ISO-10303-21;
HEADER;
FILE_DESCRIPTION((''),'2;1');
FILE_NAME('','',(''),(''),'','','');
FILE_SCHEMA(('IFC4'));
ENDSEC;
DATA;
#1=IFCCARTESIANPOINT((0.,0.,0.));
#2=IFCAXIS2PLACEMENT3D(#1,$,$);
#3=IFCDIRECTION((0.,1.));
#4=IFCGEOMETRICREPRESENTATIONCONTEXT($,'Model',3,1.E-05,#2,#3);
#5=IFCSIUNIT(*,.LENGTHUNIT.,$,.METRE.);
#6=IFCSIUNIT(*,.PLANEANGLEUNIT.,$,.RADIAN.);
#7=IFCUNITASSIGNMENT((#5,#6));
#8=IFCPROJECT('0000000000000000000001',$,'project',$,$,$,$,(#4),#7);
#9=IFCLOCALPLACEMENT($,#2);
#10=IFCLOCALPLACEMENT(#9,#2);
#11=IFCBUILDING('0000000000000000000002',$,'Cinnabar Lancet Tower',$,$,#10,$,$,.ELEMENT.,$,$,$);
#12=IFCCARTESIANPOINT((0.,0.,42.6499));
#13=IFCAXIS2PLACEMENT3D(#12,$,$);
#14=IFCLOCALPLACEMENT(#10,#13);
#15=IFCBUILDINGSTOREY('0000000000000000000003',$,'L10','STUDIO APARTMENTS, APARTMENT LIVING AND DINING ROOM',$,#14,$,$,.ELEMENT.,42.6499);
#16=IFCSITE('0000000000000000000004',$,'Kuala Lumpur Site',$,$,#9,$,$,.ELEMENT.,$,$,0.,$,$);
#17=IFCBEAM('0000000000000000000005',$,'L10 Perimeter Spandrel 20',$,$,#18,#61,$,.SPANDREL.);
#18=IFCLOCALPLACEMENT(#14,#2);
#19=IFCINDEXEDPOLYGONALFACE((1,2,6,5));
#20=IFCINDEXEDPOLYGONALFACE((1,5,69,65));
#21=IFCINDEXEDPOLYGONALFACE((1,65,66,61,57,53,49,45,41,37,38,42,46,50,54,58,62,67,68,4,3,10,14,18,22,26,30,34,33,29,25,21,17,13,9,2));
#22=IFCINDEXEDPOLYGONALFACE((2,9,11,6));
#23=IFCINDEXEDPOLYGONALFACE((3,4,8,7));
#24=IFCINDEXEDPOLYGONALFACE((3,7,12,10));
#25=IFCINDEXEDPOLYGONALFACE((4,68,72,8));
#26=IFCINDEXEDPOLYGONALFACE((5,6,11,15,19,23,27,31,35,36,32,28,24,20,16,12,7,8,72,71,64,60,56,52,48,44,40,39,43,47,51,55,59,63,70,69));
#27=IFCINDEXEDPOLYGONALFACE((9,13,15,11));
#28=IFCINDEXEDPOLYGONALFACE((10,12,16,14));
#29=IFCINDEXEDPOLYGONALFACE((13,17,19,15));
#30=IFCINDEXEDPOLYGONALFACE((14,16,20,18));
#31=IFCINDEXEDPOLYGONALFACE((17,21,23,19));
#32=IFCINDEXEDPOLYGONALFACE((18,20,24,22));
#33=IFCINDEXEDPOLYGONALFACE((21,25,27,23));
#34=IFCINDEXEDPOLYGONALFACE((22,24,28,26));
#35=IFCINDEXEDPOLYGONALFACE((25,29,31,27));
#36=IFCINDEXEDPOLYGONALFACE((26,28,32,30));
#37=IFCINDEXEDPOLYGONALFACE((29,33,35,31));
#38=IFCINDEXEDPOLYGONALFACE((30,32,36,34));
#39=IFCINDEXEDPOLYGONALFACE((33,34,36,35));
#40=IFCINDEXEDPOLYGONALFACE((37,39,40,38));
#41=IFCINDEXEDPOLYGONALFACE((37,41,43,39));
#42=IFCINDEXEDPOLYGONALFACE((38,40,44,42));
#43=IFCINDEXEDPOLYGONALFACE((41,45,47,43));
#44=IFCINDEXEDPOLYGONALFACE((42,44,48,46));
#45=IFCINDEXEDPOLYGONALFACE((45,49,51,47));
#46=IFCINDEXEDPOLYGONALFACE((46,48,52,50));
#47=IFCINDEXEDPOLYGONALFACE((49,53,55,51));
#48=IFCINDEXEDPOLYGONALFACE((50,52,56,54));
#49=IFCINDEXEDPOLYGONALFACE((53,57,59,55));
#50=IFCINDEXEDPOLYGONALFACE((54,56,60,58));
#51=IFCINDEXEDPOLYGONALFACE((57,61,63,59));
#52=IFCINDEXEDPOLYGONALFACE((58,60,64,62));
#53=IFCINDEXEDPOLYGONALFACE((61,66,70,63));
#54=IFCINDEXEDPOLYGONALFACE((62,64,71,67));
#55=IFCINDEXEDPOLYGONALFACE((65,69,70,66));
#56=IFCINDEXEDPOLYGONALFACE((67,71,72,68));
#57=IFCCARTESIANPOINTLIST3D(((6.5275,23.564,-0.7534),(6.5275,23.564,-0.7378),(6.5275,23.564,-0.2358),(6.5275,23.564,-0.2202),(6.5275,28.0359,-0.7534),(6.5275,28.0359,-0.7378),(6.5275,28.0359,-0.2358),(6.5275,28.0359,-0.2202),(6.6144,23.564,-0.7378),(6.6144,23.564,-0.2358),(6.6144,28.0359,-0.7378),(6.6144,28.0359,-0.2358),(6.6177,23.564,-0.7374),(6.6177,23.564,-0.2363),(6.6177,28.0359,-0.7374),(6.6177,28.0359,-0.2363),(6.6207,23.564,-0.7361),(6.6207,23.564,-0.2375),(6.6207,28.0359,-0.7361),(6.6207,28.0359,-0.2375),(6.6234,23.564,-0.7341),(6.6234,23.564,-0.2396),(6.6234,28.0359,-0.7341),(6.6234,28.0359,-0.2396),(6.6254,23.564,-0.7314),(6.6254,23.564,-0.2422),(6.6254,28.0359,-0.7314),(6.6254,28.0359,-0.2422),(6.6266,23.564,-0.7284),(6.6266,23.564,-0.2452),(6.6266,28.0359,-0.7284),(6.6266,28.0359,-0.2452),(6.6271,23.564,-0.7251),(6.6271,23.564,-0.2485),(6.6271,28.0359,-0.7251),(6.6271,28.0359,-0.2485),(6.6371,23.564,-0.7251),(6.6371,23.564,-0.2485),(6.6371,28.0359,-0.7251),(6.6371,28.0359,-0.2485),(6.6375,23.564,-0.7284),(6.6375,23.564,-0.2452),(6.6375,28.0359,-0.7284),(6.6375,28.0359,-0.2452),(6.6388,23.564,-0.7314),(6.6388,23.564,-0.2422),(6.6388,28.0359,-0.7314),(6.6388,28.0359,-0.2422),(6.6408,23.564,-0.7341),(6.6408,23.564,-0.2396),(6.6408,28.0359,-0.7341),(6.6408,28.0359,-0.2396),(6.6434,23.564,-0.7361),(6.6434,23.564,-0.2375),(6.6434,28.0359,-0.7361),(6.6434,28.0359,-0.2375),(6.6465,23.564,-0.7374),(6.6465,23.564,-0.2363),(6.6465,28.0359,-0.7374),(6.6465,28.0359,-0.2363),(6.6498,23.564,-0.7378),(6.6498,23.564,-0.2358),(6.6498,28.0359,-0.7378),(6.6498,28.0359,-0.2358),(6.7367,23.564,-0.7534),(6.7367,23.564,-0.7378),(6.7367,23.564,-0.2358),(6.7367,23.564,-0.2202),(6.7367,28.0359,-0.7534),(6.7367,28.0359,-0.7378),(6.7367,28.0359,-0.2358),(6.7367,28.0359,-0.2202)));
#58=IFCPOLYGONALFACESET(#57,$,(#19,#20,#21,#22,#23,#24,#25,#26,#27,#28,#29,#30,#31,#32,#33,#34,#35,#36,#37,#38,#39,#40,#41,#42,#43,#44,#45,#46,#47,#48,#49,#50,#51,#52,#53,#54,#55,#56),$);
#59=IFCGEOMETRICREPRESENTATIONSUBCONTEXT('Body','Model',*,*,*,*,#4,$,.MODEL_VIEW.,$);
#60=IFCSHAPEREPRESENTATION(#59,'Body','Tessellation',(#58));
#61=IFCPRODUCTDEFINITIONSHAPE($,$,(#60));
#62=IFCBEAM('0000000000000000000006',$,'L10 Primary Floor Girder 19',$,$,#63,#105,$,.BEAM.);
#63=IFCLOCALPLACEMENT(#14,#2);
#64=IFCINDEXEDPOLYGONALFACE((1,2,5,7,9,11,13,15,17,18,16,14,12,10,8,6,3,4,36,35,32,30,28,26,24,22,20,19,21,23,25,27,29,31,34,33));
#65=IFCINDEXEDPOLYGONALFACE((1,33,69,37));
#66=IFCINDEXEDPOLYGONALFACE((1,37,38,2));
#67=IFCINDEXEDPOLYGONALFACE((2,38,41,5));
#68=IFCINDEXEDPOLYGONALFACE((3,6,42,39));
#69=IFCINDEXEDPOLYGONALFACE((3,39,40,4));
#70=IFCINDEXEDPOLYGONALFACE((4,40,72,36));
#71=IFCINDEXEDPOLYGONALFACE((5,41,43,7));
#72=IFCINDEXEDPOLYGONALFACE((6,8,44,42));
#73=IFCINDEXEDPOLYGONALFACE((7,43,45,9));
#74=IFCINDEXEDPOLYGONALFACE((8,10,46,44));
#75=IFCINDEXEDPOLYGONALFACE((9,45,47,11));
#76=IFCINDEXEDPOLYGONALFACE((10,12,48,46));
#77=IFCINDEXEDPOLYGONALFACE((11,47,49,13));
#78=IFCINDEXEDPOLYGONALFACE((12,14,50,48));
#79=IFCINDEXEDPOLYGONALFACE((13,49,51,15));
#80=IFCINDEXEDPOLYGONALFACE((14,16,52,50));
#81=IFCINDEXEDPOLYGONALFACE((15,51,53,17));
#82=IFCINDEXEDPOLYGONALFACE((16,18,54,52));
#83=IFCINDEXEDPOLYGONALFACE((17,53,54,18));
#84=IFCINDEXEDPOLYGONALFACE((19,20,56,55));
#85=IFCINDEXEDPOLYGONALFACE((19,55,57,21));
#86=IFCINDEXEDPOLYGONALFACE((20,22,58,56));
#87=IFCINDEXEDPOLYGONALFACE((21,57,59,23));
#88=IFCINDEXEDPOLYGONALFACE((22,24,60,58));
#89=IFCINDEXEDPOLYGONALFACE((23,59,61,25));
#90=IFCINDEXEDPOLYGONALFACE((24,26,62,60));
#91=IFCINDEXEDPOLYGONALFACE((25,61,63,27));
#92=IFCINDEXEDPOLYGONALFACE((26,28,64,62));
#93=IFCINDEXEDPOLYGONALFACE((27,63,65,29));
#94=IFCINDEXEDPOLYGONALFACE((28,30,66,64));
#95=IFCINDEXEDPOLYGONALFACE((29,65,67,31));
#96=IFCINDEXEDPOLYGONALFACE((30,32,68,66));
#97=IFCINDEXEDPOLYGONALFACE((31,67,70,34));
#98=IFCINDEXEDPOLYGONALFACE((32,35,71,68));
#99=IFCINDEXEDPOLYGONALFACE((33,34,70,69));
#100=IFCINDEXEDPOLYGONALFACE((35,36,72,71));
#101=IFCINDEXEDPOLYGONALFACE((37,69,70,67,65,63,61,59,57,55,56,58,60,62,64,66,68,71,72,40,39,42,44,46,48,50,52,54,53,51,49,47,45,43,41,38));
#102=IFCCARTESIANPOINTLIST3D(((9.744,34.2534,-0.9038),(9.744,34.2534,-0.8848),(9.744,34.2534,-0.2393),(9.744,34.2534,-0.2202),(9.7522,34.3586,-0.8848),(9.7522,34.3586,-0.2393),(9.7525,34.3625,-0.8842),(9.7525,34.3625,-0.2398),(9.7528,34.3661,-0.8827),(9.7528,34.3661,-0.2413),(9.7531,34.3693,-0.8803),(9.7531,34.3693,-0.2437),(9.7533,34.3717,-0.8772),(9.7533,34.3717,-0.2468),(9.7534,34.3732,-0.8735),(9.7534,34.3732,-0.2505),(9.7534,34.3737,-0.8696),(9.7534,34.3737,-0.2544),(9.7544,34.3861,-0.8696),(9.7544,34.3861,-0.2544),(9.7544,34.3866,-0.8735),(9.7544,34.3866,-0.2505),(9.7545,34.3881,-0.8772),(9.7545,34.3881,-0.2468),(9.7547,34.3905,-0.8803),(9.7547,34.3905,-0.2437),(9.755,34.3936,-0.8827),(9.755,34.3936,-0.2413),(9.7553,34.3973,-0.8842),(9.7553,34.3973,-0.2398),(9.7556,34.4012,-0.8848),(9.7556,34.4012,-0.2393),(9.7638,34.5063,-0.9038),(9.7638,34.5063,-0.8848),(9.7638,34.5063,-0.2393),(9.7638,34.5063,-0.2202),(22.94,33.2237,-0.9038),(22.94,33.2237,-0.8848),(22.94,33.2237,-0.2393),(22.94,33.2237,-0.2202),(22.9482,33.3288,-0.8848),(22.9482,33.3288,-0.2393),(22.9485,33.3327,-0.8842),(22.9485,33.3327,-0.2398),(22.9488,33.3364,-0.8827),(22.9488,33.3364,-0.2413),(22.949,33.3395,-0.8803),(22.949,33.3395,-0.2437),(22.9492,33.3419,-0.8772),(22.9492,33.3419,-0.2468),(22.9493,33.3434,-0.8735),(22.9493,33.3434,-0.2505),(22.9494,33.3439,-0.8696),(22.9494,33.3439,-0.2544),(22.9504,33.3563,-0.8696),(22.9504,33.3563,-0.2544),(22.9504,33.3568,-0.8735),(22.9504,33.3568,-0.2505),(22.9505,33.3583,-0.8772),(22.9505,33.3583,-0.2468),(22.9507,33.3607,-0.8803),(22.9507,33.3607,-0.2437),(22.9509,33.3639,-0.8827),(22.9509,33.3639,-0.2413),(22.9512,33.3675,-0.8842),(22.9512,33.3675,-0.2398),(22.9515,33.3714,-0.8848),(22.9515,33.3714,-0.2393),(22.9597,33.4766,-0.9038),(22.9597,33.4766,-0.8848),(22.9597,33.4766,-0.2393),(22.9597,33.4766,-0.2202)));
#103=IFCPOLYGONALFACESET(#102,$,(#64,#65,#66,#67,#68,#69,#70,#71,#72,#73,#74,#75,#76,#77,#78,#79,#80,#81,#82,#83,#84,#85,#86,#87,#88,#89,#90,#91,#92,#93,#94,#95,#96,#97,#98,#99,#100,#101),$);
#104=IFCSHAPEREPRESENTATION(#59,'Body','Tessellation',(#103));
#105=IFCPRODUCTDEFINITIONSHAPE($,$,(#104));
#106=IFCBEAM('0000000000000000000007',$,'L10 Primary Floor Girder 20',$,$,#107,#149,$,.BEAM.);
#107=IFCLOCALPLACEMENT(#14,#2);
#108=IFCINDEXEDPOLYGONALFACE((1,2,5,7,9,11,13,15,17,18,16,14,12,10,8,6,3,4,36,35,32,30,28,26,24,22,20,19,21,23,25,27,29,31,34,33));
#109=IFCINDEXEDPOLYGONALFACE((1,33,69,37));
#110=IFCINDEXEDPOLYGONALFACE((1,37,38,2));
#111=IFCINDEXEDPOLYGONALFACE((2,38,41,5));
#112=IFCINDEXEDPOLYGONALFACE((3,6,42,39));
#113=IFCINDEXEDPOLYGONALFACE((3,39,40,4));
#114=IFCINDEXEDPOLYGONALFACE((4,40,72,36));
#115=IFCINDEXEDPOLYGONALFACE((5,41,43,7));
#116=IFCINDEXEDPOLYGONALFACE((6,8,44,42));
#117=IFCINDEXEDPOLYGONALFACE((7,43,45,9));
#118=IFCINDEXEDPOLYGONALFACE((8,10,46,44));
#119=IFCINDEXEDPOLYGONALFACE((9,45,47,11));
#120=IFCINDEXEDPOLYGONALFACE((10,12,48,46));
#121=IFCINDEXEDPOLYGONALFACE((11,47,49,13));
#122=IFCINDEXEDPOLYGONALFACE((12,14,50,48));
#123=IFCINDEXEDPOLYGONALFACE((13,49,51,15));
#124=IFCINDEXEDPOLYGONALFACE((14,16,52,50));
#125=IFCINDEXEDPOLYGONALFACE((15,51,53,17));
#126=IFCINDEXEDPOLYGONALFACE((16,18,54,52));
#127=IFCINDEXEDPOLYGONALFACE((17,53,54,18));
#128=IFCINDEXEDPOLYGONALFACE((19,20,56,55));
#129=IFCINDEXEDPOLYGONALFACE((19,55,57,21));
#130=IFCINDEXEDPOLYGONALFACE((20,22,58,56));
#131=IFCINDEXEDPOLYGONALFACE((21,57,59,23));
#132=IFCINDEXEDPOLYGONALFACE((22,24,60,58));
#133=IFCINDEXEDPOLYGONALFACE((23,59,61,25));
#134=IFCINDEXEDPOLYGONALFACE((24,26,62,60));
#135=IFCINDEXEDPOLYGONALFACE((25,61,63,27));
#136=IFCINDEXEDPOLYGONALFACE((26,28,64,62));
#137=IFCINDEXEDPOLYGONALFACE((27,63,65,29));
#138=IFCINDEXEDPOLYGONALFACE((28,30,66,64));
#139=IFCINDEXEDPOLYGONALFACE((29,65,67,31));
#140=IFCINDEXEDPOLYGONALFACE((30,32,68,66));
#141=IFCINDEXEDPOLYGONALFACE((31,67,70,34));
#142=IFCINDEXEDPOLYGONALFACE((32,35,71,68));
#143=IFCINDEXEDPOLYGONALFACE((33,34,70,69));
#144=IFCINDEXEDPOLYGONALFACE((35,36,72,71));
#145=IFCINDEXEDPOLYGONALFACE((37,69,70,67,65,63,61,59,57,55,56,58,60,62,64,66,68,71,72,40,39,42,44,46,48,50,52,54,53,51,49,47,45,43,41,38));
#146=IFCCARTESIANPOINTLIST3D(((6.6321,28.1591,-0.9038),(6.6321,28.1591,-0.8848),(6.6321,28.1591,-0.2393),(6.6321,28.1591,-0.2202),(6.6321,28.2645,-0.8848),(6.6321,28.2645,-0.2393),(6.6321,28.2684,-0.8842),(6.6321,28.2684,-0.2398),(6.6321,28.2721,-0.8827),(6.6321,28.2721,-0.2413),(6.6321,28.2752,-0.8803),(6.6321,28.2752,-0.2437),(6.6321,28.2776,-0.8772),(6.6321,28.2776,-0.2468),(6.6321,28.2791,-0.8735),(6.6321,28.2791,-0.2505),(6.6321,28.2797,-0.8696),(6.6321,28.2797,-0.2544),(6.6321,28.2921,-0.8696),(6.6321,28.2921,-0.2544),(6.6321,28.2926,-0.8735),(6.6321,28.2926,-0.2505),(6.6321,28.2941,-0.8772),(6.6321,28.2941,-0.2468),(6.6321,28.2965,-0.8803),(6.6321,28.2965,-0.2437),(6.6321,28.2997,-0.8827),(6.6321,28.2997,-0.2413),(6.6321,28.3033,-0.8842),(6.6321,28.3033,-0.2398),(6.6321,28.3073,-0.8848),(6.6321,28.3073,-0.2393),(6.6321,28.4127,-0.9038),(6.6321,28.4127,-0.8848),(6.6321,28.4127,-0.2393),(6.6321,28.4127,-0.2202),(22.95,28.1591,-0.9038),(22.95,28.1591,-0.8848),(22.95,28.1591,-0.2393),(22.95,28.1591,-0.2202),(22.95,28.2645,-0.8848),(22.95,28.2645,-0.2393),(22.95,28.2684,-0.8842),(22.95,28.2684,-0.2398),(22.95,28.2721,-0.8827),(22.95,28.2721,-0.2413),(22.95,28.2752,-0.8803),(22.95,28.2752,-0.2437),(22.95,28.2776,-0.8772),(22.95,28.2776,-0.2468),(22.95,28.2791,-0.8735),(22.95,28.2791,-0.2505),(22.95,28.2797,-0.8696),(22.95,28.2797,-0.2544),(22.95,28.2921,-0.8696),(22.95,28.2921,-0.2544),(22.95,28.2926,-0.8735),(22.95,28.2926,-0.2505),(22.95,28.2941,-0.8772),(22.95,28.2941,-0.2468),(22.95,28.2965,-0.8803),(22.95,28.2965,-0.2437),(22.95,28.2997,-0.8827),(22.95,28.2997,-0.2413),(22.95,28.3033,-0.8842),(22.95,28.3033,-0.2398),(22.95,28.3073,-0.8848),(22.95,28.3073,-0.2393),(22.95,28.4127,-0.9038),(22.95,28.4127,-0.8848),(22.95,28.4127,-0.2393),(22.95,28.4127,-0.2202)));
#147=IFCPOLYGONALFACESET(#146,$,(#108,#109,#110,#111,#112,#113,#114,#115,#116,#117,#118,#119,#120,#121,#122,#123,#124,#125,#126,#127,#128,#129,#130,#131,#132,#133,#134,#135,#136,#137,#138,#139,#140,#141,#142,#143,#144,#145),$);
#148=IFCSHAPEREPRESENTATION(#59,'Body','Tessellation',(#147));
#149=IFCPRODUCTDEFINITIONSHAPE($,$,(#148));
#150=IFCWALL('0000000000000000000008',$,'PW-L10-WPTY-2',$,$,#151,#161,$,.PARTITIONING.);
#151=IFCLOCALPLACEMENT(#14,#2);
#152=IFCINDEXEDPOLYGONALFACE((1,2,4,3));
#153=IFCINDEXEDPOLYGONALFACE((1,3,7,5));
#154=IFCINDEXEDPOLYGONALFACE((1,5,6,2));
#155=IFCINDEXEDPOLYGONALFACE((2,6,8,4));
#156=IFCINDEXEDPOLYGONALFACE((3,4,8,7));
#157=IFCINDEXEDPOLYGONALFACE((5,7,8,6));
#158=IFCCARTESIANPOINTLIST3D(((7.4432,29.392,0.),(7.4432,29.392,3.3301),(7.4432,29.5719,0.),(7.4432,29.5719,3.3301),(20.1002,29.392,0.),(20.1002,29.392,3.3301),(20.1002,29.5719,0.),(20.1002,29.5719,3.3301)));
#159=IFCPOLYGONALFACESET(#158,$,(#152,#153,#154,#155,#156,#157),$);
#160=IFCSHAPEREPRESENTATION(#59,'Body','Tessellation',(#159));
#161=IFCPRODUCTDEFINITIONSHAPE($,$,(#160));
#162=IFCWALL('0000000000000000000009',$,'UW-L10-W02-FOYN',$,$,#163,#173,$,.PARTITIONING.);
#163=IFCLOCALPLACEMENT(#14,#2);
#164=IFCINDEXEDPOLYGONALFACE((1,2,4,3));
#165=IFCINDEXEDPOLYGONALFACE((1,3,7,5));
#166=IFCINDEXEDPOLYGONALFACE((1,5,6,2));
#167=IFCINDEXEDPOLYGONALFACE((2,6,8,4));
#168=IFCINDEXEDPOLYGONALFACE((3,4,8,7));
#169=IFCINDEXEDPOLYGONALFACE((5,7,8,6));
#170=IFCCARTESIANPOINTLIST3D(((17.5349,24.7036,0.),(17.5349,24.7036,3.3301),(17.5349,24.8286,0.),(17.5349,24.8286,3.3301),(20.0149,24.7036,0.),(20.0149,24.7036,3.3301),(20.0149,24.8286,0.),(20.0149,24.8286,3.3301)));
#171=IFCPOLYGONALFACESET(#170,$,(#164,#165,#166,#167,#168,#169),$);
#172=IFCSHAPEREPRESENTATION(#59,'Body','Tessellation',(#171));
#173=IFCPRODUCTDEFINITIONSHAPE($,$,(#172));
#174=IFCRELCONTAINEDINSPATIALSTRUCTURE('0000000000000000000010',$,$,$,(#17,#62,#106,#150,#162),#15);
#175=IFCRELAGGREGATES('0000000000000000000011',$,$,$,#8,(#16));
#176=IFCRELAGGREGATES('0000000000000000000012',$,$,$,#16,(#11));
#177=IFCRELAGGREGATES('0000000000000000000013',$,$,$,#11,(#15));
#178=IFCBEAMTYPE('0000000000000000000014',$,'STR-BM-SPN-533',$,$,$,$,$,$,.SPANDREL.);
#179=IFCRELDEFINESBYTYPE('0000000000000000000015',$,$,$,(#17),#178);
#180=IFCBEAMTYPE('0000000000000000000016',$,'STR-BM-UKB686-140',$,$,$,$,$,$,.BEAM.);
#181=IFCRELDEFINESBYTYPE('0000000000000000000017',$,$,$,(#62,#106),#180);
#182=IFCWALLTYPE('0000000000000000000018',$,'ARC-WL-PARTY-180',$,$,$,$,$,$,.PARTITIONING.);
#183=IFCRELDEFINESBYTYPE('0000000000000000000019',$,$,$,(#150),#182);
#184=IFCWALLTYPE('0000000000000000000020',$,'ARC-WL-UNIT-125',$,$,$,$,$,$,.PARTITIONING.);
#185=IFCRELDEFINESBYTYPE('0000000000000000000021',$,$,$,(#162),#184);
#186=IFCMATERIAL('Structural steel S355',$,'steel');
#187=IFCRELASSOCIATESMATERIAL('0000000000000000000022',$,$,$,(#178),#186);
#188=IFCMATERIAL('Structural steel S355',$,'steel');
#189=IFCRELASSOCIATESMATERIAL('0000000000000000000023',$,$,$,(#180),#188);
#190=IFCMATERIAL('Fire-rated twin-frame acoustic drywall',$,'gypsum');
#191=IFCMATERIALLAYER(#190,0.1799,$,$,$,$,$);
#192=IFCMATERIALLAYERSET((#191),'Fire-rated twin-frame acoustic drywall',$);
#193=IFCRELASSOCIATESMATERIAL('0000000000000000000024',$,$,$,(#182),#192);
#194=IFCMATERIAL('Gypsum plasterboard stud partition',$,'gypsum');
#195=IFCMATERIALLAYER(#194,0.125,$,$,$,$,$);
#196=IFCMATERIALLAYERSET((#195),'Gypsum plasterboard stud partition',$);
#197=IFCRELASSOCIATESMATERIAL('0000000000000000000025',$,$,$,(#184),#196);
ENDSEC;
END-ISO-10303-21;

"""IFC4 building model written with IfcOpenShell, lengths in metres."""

from ifc_helpers import new_model, si_unit, direction, frame, frame_2d, origin, origin_2d, place, context, subcontext, project, spatial, rectangle, i_section, extrude, material, layer, layer_set, material_profile, profile_set, type_object, element, save


model = new_model("IFC4")

# Units and contexts
model_context = context("Model", 3, precision=1e-05, world=origin(), true_north=direction((0.0, 1.0)))
body_context = subcontext(model_context, "Body", "Model", "MODEL_VIEW")
ifc_project = project(units=[si_unit("LENGTHUNIT", "METRE"), si_unit("PLANEANGLEUNIT", "RADIAN")], contexts=[model_context])

# Site, building, storey
site_placement = place(None, origin())
site = spatial("IfcSite", under=ifc_project, at=site_placement, Name="Kuala Lumpur Site", CompositionType="ELEMENT", RefElevation=0.0)
building_placement = place(site_placement, origin())
building = spatial("IfcBuilding", under=site, at=building_placement, Name="Cinnabar Lancet Tower", CompositionType="ELEMENT")
storey_placement = place(building_placement, frame((0.0, 0.0, 42.6499)))
storey = spatial("IfcBuildingStorey", under=building, at=storey_placement, Name="L10", Description="STUDIO APARTMENTS, APARTMENT LIVING AND DINING ROOM", CompositionType="ELEMENT", Elevation=42.6499)

# Beams
ifc_material_1 = material(Name="Structural steel S355", Category="steel")
ifc_material_profile_1 = material_profile(ifc_material_1, i_section(OverallWidth=0.2092, OverallDepth=0.5332, WebThickness=0.01, FlangeThickness=0.0156, FilletRadius=0.0127, at=origin_2d()), Name="UKB 533x210x92")
ifc_profile_set_1 = profile_set([ifc_material_profile_1], Name="Structural steel S355")
beam_type_1 = type_object("IfcBeamType", Name="STR-BM-SPN-533", PredefinedType="SPANDREL", material=ifc_profile_set_1)
beam_1_placement = place(storey_placement, frame((6.6321, 28.0359, -0.4868), z_axis=(0.0, -1.0, 0.0), x_axis=(1.0, 0.0, 0.0)))
element("IfcBeam", 1, at=beam_1_placement, inside=storey, type_object=beam_type_1, Name="L10 Perimeter Spandrel 20", PredefinedType="SPANDREL", context=body_context, shape_type="SweptSolid", body=[
    extrude(i_section(OverallWidth=0.2092, OverallDepth=0.5332, WebThickness=0.01, FlangeThickness=0.0156, FilletRadius=0.0127, at=origin_2d()), origin(), (0.0, 0.0, 1.0), 4.4719),
])
ifc_material_2 = material(Name="Structural steel S355", Category="steel")
ifc_material_profile_2 = material_profile(ifc_material_2, i_section(OverallWidth=0.2537, OverallDepth=0.6836, WebThickness=0.0125, FlangeThickness=0.019, FilletRadius=0.0151, at=origin_2d()), Name="UKB 686x254x140")
ifc_profile_set_2 = profile_set([ifc_material_profile_2], Name="Structural steel S355")
beam_type_2 = type_object("IfcBeamType", Name="STR-BM-UKB686-140", PredefinedType="BEAM", material=ifc_profile_set_2)
beam_2_placement = place(storey_placement, frame((9.7539, 34.3799, -0.562), z_axis=(0.996969, -0.077801, 0.0), x_axis=(0.077801, 0.996969, 0.0)))
element("IfcBeam", 2, at=beam_2_placement, inside=storey, type_object=beam_type_2, Name="L10 Primary Floor Girder 19", PredefinedType="BEAM", context=body_context, shape_type="SweptSolid", body=[
    extrude(i_section(OverallWidth=0.2537, OverallDepth=0.6836, WebThickness=0.0125, FlangeThickness=0.019, FilletRadius=0.0151, at=origin_2d()), origin(), (0.0, 0.0, 1.0), 13.2361),
])
beam_3_placement = place(storey_placement, frame((6.6321, 28.2859, -0.562), z_axis=(1.0, 0.0, 0.0), x_axis=(0.0, 1.0, 0.0)))
element("IfcBeam", 3, at=beam_3_placement, inside=storey, type_object=beam_type_2, Name="L10 Primary Floor Girder 20", PredefinedType="BEAM", context=body_context, shape_type="SweptSolid", body=[
    extrude(i_section(OverallWidth=0.2537, OverallDepth=0.6836, WebThickness=0.0125, FlangeThickness=0.019, FilletRadius=0.0151, at=origin_2d()), origin(), (0.0, 0.0, 1.0), 16.3179),
])

# Walls
ifc_material_3 = material(Name="Fire-rated twin-frame acoustic drywall", Category="gypsum")
ifc_layer_1 = layer(ifc_material_3, 0.1799)
ifc_layer_set_1 = layer_set([ifc_layer_1], Name="Fire-rated twin-frame acoustic drywall")
wall_type_1 = type_object("IfcWallType", Name="ARC-WL-PARTY-180", PredefinedType="PARTITIONING", material=ifc_layer_set_1)
wall_1_placement = place(storey_placement, frame((7.4431, 29.4819, 0.0), z_axis=(0.0, 0.0, 1.0), x_axis=(1.0, 0.0, 0.0)))
element("IfcWall", 4, at=wall_1_placement, inside=storey, type_object=wall_type_1, Name="PW-L10-WPTY-2", PredefinedType="PARTITIONING", context=body_context, shape_type="SweptSolid", body=[
    extrude(rectangle(XDim=12.657, YDim=0.1799, at=frame_2d((6.3286, 0.0))), origin(), (0.0, 0.0, 1.0), 3.3301),
])
ifc_material_4 = material(Name="Gypsum plasterboard stud partition", Category="gypsum")
ifc_layer_2 = layer(ifc_material_4, 0.125)
ifc_layer_set_2 = layer_set([ifc_layer_2], Name="Gypsum plasterboard stud partition")
wall_type_2 = type_object("IfcWallType", Name="ARC-WL-UNIT-125", PredefinedType="PARTITIONING", material=ifc_layer_set_2)
wall_2_placement = place(storey_placement, frame((17.5349, 24.7661, 0.0), z_axis=(0.0, 0.0, 1.0), x_axis=(1.0, 0.0, 0.0)))
element("IfcWall", 5, at=wall_2_placement, inside=storey, type_object=wall_type_2, Name="UW-L10-W02-FOYN", PredefinedType="PARTITIONING", context=body_context, shape_type="SweptSolid", body=[
    extrude(rectangle(XDim=2.48, YDim=0.125, at=frame_2d((1.24, 0.0))), origin(), (0.0, 0.0, 1.0), 3.3301),
])

save(model, "model.ifc")
